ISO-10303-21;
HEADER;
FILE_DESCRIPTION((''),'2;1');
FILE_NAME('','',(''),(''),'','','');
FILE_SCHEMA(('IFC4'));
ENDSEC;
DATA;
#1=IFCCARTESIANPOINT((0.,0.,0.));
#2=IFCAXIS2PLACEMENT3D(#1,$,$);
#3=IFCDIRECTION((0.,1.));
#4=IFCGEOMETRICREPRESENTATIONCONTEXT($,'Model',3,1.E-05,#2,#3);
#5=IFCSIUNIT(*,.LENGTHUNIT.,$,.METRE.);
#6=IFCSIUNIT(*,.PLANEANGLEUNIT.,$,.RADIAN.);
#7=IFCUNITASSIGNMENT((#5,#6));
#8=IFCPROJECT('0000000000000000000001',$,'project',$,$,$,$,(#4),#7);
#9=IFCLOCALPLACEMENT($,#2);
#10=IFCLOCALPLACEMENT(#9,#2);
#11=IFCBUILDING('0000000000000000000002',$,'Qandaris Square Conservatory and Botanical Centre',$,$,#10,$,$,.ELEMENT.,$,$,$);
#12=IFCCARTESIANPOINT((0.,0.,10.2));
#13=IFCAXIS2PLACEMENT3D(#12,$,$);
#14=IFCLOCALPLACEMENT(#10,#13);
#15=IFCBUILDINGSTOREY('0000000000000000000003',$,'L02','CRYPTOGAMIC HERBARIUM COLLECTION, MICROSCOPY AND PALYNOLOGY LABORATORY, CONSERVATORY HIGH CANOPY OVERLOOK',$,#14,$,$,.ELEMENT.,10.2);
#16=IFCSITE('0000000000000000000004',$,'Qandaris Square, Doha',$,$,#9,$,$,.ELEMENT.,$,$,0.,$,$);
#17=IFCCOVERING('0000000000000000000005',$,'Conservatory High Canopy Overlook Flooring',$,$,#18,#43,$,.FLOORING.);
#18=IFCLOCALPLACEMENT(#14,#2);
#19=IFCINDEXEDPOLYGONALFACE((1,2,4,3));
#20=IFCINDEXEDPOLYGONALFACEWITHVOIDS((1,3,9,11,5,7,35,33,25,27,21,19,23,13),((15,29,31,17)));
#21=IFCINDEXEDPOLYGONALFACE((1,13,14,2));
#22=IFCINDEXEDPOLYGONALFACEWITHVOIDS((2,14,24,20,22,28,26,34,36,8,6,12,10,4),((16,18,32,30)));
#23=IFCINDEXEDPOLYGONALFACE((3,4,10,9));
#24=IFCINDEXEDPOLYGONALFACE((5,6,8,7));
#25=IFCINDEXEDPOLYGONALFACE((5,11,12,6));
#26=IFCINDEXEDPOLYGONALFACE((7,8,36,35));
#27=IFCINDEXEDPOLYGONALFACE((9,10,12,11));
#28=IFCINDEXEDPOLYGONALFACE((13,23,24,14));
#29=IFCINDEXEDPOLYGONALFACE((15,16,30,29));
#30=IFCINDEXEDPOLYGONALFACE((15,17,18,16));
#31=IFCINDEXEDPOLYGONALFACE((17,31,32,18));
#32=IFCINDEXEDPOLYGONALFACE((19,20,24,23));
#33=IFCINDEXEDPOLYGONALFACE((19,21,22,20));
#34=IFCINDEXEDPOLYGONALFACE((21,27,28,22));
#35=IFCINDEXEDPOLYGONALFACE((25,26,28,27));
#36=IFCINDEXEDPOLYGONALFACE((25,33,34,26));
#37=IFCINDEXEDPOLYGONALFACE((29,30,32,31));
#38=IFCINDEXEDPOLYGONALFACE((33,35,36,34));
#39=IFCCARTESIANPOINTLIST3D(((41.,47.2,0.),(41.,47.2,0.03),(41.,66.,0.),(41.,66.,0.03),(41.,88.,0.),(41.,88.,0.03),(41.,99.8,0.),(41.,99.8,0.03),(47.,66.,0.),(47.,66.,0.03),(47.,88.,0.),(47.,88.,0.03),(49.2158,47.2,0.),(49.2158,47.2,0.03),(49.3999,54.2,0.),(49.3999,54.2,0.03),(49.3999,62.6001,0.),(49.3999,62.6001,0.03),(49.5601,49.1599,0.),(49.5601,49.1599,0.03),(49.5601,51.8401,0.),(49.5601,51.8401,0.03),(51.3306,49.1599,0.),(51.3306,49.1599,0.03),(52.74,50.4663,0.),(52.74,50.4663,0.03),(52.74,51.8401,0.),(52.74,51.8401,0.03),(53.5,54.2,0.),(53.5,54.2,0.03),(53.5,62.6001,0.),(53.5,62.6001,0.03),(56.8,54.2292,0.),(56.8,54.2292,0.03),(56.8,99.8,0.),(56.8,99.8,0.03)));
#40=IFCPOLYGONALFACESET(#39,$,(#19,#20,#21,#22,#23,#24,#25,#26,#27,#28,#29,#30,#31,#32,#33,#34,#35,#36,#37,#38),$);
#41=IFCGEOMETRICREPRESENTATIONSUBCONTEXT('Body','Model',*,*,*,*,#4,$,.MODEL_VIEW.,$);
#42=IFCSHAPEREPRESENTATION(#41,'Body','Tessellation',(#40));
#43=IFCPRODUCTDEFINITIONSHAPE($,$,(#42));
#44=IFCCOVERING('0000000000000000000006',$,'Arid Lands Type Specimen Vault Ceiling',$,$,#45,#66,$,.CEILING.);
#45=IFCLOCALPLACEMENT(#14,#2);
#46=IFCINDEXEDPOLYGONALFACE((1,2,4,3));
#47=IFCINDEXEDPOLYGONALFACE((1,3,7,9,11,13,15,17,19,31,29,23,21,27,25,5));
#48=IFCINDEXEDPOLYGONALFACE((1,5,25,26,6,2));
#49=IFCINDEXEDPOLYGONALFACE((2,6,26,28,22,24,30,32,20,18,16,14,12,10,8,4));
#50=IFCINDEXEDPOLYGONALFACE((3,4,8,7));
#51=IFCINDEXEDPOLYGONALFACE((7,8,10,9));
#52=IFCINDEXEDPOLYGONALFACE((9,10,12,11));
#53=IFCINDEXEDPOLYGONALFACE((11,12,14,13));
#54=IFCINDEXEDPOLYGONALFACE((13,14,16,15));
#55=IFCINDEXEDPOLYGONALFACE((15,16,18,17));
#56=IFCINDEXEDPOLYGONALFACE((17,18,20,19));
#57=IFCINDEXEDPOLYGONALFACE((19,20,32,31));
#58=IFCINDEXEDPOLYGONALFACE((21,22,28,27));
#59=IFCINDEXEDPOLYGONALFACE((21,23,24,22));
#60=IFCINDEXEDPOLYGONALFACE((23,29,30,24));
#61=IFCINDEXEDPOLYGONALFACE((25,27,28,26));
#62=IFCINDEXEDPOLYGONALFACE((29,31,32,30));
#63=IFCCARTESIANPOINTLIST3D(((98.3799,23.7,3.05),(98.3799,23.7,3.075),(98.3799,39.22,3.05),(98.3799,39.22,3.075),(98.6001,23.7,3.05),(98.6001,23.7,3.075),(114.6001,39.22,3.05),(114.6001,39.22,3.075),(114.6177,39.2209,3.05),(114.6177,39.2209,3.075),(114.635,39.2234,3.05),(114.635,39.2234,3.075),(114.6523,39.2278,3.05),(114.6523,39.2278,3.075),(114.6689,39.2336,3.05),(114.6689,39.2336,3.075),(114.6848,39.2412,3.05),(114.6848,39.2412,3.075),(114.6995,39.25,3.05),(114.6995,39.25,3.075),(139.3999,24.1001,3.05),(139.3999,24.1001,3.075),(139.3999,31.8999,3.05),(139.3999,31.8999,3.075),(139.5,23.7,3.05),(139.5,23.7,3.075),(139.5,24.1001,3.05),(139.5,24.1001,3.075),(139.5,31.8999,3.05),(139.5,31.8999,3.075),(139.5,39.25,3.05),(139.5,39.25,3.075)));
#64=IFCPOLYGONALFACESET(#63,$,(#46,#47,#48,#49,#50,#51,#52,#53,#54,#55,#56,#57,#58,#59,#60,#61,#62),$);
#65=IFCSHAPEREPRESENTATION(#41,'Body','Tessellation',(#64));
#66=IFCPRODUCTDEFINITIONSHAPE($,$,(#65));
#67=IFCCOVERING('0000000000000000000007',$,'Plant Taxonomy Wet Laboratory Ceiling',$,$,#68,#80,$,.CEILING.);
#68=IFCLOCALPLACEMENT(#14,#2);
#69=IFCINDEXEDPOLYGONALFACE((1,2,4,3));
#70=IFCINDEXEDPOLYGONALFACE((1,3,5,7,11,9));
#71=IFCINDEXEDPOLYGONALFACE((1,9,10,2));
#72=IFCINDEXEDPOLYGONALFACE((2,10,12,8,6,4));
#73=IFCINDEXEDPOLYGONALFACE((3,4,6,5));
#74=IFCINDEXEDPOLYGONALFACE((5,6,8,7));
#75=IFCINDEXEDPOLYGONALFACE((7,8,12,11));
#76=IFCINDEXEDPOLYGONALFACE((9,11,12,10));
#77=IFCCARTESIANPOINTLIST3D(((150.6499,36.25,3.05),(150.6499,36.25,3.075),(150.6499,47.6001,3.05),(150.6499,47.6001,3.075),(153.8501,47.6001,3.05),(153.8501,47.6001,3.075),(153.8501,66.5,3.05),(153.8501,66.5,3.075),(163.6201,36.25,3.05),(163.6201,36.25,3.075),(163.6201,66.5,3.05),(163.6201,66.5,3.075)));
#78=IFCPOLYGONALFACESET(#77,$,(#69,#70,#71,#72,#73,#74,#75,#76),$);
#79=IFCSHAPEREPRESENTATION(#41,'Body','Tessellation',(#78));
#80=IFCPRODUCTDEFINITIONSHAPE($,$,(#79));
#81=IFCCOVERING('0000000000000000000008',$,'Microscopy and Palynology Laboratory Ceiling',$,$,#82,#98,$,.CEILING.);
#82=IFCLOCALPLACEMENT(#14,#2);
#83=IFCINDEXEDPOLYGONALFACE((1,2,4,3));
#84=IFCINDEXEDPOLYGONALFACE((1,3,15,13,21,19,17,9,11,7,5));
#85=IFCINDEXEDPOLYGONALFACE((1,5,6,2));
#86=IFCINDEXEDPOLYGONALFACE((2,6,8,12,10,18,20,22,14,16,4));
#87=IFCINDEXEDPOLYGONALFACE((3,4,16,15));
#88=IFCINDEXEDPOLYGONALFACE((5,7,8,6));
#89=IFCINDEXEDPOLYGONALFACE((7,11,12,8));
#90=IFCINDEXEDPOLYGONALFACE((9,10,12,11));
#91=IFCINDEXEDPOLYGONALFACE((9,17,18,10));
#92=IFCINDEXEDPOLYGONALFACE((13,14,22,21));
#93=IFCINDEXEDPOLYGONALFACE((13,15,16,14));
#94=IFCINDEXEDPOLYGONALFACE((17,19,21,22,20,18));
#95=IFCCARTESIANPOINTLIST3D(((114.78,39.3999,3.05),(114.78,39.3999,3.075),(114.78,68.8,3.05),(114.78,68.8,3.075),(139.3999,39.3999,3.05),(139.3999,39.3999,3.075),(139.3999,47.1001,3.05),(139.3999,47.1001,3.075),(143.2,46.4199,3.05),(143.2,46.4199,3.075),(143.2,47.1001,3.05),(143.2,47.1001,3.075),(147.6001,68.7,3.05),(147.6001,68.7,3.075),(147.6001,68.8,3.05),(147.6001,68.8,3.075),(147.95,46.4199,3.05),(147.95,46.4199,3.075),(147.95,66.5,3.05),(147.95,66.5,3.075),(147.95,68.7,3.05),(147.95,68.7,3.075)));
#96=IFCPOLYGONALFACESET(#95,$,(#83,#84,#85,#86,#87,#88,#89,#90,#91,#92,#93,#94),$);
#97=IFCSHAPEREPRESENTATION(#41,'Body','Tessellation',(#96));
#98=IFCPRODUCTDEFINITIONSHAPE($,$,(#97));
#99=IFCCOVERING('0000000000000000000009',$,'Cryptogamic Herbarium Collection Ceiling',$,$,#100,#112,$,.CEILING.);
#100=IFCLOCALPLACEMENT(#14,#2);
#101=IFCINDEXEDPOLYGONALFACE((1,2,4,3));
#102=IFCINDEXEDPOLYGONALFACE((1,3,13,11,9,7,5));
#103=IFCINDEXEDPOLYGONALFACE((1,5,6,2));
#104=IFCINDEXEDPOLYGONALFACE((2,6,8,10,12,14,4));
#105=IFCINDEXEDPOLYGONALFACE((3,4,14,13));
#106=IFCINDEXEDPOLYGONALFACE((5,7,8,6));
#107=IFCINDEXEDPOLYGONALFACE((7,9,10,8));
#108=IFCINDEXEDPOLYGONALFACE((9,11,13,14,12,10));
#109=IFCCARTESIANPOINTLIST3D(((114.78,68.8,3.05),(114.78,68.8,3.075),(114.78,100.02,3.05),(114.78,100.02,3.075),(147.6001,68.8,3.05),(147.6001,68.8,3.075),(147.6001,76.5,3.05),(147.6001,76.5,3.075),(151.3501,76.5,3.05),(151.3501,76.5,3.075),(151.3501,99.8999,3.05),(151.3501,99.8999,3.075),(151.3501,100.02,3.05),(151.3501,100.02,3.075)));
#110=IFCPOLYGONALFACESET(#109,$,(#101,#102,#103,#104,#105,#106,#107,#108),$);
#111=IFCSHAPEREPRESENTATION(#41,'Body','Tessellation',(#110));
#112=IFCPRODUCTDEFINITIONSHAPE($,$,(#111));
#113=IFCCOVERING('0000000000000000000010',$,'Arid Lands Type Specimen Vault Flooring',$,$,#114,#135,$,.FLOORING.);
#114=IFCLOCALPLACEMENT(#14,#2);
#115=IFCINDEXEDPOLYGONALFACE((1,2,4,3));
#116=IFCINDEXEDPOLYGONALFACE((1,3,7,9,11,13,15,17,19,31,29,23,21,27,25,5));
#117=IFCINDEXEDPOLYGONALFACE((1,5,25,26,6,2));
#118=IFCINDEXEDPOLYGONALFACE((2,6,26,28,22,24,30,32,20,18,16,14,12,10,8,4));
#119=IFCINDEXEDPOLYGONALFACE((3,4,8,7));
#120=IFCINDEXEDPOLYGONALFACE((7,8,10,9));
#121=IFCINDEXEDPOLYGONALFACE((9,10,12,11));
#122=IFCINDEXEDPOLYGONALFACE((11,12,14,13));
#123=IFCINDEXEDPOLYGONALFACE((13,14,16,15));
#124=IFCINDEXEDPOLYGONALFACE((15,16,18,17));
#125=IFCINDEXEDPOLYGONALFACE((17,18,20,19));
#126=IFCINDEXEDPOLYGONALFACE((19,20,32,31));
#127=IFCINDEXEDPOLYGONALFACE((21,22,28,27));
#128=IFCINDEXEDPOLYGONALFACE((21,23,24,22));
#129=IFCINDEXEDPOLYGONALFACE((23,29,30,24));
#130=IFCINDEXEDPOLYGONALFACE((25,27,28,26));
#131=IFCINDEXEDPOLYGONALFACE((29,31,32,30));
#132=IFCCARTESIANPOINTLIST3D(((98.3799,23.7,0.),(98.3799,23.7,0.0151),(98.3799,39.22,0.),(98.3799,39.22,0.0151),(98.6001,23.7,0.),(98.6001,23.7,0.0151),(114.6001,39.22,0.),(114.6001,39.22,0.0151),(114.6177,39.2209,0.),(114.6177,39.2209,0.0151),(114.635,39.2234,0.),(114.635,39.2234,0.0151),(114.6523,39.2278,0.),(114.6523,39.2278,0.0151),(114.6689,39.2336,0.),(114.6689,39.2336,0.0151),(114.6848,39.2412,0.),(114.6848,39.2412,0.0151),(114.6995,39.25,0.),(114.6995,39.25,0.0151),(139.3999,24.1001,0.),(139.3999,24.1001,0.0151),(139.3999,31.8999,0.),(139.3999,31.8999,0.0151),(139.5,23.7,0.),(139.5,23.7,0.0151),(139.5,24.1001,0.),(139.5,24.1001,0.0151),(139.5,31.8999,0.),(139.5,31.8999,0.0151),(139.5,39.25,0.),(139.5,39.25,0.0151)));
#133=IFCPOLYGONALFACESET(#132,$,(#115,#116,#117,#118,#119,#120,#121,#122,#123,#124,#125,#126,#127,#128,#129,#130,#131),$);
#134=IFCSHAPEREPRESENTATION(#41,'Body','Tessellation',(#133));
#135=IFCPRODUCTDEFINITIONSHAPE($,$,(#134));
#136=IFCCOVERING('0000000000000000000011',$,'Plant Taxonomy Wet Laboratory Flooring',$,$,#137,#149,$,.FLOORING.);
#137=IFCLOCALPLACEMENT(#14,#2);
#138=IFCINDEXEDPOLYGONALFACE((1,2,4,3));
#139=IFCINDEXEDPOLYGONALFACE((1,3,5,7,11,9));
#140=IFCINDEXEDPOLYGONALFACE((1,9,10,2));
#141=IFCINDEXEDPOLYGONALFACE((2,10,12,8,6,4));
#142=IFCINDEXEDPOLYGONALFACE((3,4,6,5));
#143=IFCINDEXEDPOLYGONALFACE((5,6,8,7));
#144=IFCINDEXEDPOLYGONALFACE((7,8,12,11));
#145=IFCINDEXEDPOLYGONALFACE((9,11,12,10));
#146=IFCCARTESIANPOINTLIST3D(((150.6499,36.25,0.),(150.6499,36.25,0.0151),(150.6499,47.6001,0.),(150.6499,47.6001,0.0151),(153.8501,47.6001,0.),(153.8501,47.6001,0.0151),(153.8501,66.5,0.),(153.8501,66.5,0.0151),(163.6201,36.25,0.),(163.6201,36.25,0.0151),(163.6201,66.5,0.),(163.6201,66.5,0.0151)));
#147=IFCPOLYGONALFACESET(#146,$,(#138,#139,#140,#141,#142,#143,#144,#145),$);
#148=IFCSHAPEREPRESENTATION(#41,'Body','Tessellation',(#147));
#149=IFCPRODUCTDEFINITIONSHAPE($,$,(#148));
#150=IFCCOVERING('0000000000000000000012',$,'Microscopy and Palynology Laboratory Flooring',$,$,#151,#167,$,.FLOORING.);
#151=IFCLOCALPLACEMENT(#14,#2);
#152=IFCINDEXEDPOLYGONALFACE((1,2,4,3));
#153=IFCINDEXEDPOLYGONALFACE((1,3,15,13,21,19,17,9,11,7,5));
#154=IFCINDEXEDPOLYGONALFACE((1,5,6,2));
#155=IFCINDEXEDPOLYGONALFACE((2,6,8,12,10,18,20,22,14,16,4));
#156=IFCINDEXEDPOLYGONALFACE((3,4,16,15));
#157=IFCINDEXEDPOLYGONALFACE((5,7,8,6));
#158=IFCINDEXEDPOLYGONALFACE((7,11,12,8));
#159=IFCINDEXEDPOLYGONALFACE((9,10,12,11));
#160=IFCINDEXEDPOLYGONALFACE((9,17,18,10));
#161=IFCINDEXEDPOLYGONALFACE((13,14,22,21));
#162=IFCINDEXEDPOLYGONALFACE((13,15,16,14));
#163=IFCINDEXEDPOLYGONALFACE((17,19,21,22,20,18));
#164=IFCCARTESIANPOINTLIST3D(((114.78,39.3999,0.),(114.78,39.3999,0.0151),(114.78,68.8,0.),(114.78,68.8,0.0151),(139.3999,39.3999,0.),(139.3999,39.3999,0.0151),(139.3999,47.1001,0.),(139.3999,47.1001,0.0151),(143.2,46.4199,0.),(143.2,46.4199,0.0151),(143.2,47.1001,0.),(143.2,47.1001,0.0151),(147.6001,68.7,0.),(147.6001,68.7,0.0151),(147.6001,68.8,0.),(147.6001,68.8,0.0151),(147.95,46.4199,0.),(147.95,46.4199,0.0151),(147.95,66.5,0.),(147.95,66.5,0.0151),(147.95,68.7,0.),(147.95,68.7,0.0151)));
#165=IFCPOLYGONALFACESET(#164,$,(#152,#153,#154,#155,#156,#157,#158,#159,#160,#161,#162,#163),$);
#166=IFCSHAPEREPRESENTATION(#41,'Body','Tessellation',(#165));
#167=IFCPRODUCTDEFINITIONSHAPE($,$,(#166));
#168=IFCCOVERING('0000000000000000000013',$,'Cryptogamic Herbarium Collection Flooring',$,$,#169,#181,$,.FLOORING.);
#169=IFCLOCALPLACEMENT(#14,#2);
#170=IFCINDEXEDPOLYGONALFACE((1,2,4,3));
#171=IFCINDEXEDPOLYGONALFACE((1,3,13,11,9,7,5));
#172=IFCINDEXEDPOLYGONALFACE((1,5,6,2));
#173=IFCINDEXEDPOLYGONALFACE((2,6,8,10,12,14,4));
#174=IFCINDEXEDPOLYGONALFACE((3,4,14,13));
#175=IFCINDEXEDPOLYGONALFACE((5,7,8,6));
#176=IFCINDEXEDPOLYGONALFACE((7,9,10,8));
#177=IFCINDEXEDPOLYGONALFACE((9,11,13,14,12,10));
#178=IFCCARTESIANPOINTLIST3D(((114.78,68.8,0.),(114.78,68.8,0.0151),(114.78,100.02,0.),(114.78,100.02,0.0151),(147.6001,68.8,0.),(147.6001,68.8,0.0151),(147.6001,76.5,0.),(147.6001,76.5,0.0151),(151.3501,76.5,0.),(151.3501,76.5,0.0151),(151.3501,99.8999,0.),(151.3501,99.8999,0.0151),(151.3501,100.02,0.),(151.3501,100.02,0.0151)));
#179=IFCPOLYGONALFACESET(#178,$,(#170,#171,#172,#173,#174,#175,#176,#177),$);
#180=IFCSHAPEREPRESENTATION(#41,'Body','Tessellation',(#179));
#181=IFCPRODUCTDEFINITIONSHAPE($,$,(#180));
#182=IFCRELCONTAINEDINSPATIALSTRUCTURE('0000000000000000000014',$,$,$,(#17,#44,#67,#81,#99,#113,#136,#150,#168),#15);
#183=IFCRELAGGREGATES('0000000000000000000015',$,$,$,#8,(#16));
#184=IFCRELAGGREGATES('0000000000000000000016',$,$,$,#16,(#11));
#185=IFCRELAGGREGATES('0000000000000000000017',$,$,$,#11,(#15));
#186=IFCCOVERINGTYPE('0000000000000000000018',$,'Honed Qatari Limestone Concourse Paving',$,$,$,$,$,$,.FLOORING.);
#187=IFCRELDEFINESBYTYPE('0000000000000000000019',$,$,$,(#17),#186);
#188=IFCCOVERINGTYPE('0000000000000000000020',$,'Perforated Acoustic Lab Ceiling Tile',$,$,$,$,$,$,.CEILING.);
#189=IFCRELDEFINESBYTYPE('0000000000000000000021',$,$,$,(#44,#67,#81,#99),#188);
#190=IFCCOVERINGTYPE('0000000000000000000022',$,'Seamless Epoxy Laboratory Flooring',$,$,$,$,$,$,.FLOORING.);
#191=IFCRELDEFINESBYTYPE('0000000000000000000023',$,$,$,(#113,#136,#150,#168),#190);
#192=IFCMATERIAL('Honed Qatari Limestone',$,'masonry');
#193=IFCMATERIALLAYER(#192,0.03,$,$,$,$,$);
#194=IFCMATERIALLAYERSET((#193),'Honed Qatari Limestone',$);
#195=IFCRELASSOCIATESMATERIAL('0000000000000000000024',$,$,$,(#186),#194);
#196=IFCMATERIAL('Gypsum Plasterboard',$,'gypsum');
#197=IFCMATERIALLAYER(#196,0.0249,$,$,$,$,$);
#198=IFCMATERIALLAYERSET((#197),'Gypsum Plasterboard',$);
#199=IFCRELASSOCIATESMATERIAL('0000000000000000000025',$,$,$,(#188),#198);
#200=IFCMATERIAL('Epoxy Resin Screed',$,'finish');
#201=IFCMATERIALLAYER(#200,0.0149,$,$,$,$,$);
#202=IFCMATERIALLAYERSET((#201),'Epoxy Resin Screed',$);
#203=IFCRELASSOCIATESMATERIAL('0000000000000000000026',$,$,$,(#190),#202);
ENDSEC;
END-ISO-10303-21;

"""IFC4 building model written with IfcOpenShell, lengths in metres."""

from ifc_helpers import new_model, si_unit, direction, frame, origin, place, context, subcontext, project, spatial, polyline, outline, extrude, material, layer, layer_set, type_object, element, save


model = new_model("IFC4")

# Units and contexts
model_context = context("Model", 3, precision=1e-05, world=origin(), true_north=direction((0.0, 1.0)))
body_context = subcontext(model_context, "Body", "Model", "MODEL_VIEW")
ifc_project = project(units=[si_unit("LENGTHUNIT", "METRE"), si_unit("PLANEANGLEUNIT", "RADIAN")], contexts=[model_context])

# Site, building, storey
site_placement = place(None, origin())
site = spatial("IfcSite", under=ifc_project, at=site_placement, Name="Qandaris Square, Doha", CompositionType="ELEMENT", RefElevation=0.0)
building_placement = place(site_placement, origin())
building = spatial("IfcBuilding", under=site, at=building_placement, Name="Qandaris Square Conservatory and Botanical Centre", CompositionType="ELEMENT")
storey_placement = place(building_placement, frame((0.0, 0.0, 10.2)))
storey = spatial("IfcBuildingStorey", under=building, at=storey_placement, Name="L02", Description="CRYPTOGAMIC HERBARIUM COLLECTION, MICROSCOPY AND PALYNOLOGY LABORATORY, CONSERVATORY HIGH CANOPY OVERLOOK", CompositionType="ELEMENT", Elevation=10.2)

# Coverings
ifc_material_1 = material(Name="Honed Qatari Limestone", Category="masonry")
ifc_layer_1 = layer(ifc_material_1, 0.03)
ifc_layer_set_1 = layer_set([ifc_layer_1], Name="Honed Qatari Limestone")
covering_type_1 = type_object("IfcCoveringType", Name="Honed Qatari Limestone Concourse Paving", PredefinedType="FLOORING", material=ifc_layer_set_1)
covering_1_placement = place(storey_placement, origin())
element("IfcCovering", 1, at=covering_1_placement, inside=storey, type_object=covering_type_1, Name="Conservatory High Canopy Overlook Flooring", PredefinedType="FLOORING", context=body_context, shape_type="SweptSolid", body=[
    extrude(outline(polyline([(47.0, 66.0), (47.0, 88.0), (41.0, 88.0), (41.0, 99.8), (56.8, 99.8), (56.8, 54.2292), (52.74, 50.4663), (52.74, 51.8401), (49.5601, 51.8401), (49.5601, 49.1599), (51.3306, 49.1599), (49.2158, 47.2), (41.0, 47.2), (41.0, 66.0), (47.0, 66.0)]), holes=[polyline([(49.3999, 54.2), (53.5, 54.2), (53.5, 62.6001), (49.3999, 62.6001), (49.3999, 54.2)])]), origin(), (0.0, 0.0, 1.0), 0.03),
])
ifc_material_2 = material(Name="Gypsum Plasterboard", Category="gypsum")
ifc_layer_2 = layer(ifc_material_2, 0.0249)
ifc_layer_set_2 = layer_set([ifc_layer_2], Name="Gypsum Plasterboard")
covering_type_2 = type_object("IfcCoveringType", Name="Perforated Acoustic Lab Ceiling Tile", PredefinedType="CEILING", material=ifc_layer_set_2)
covering_2_placement = place(storey_placement, frame((0.0, 0.0, 3.05)))
element("IfcCovering", 2, at=covering_2_placement, inside=storey, type_object=covering_type_2, Name="Arid Lands Type Specimen Vault Ceiling", PredefinedType="CEILING", context=body_context, shape_type="SweptSolid", body=[
    extrude(outline(polyline([(114.635, 39.2234), (114.6523, 39.2278), (114.6689, 39.2336), (114.6848, 39.2412), (114.6995, 39.25), (139.5, 39.25), (139.5, 31.8999), (139.3999, 31.8999), (139.3999, 24.1001), (139.5, 24.1001), (139.5, 23.7), (98.6001, 23.7), (98.3799, 23.7), (98.3799, 39.22), (114.6001, 39.22), (114.6177, 39.2209), (114.635, 39.2234)])), origin(), (0.0, 0.0, 1.0), 0.0249),
])
covering_3_placement = place(storey_placement, frame((0.0, 0.0, 3.05)))
element("IfcCovering", 3, at=covering_3_placement, inside=storey, type_object=covering_type_2, Name="Plant Taxonomy Wet Laboratory Ceiling", PredefinedType="CEILING", context=body_context, shape_type="SweptSolid", body=[
    extrude(outline(polyline([(150.6499, 47.6001), (153.8501, 47.6001), (153.8501, 66.5), (163.6201, 66.5), (163.6201, 36.25), (150.6499, 36.25), (150.6499, 47.6001)])), origin(), (0.0, 0.0, 1.0), 0.0249),
])
covering_4_placement = place(storey_placement, frame((0.0, 0.0, 3.05)))
element("IfcCovering", 4, at=covering_4_placement, inside=storey, type_object=covering_type_2, Name="Microscopy and Palynology Laboratory Ceiling", PredefinedType="CEILING", context=body_context, shape_type="SweptSolid", body=[
    extrude(outline(polyline([(147.95, 66.5), (147.95, 46.4199), (143.2, 46.4199), (143.2, 47.1001), (139.3999, 47.1001), (139.3999, 39.3999), (114.78, 39.3999), (114.78, 68.8), (147.6001, 68.8), (147.6001, 68.7), (147.95, 68.7), (147.95, 66.5)])), origin(), (0.0, 0.0, 1.0), 0.0249),
])
covering_5_placement = place(storey_placement, frame((0.0, 0.0, 3.05)))
element("IfcCovering", 5, at=covering_5_placement, inside=storey, type_object=covering_type_2, Name="Cryptogamic Herbarium Collection Ceiling", PredefinedType="CEILING", context=body_context, shape_type="SweptSolid", body=[
    extrude(outline(polyline([(151.3501, 99.8999), (151.3501, 76.5), (147.6001, 76.5), (147.6001, 68.8), (114.78, 68.8), (114.78, 100.02), (151.3501, 100.02), (151.3501, 99.8999)])), origin(), (0.0, 0.0, 1.0), 0.0249),
])
ifc_material_3 = material(Name="Epoxy Resin Screed", Category="finish")
ifc_layer_3 = layer(ifc_material_3, 0.0149)
ifc_layer_set_3 = layer_set([ifc_layer_3], Name="Epoxy Resin Screed")
covering_type_3 = type_object("IfcCoveringType", Name="Seamless Epoxy Laboratory Flooring", PredefinedType="FLOORING", material=ifc_layer_set_3)
covering_6_placement = place(storey_placement, origin())
element("IfcCovering", 6, at=covering_6_placement, inside=storey, type_object=covering_type_3, Name="Arid Lands Type Specimen Vault Flooring", PredefinedType="FLOORING", context=body_context, shape_type="SweptSolid", body=[
    extrude(outline(polyline([(114.635, 39.2234), (114.6523, 39.2278), (114.6689, 39.2336), (114.6848, 39.2412), (114.6995, 39.25), (139.5, 39.25), (139.5, 31.8999), (139.3999, 31.8999), (139.3999, 24.1001), (139.5, 24.1001), (139.5, 23.7), (98.6001, 23.7), (98.3799, 23.7), (98.3799, 39.22), (114.6001, 39.22), (114.6177, 39.2209), (114.635, 39.2234)])), origin(), (0.0, 0.0, 1.0), 0.0151),
])
covering_7_placement = place(storey_placement, origin())
element("IfcCovering", 7, at=covering_7_placement, inside=storey, type_object=covering_type_3, Name="Plant Taxonomy Wet Laboratory Flooring", PredefinedType="FLOORING", context=body_context, shape_type="SweptSolid", body=[
    extrude(outline(polyline([(150.6499, 47.6001), (153.8501, 47.6001), (153.8501, 66.5), (163.6201, 66.5), (163.6201, 36.25), (150.6499, 36.25), (150.6499, 47.6001)])), origin(), (0.0, 0.0, 1.0), 0.0151),
])
covering_8_placement = place(storey_placement, origin())
element("IfcCovering", 8, at=covering_8_placement, inside=storey, type_object=covering_type_3, Name="Microscopy and Palynology Laboratory Flooring", PredefinedType="FLOORING", context=body_context, shape_type="SweptSolid", body=[
    extrude(outline(polyline([(147.95, 66.5), (147.95, 46.4199), (143.2, 46.4199), (143.2, 47.1001), (139.3999, 47.1001), (139.3999, 39.3999), (114.78, 39.3999), (114.78, 68.8), (147.6001, 68.8), (147.6001, 68.7), (147.95, 68.7), (147.95, 66.5)])), origin(), (0.0, 0.0, 1.0), 0.0151),
])
covering_9_placement = place(storey_placement, origin())
element("IfcCovering", 9, at=covering_9_placement, inside=storey, type_object=covering_type_3, Name="Cryptogamic Herbarium Collection Flooring", PredefinedType="FLOORING", context=body_context, shape_type="SweptSolid", body=[
    extrude(outline(polyline([(151.3501, 99.8999), (151.3501, 76.5), (147.6001, 76.5), (147.6001, 68.8), (114.78, 68.8), (114.78, 100.02), (151.3501, 100.02), (151.3501, 99.8999)])), origin(), (0.0, 0.0, 1.0), 0.0151),
])

save(model, "model.ifc")
